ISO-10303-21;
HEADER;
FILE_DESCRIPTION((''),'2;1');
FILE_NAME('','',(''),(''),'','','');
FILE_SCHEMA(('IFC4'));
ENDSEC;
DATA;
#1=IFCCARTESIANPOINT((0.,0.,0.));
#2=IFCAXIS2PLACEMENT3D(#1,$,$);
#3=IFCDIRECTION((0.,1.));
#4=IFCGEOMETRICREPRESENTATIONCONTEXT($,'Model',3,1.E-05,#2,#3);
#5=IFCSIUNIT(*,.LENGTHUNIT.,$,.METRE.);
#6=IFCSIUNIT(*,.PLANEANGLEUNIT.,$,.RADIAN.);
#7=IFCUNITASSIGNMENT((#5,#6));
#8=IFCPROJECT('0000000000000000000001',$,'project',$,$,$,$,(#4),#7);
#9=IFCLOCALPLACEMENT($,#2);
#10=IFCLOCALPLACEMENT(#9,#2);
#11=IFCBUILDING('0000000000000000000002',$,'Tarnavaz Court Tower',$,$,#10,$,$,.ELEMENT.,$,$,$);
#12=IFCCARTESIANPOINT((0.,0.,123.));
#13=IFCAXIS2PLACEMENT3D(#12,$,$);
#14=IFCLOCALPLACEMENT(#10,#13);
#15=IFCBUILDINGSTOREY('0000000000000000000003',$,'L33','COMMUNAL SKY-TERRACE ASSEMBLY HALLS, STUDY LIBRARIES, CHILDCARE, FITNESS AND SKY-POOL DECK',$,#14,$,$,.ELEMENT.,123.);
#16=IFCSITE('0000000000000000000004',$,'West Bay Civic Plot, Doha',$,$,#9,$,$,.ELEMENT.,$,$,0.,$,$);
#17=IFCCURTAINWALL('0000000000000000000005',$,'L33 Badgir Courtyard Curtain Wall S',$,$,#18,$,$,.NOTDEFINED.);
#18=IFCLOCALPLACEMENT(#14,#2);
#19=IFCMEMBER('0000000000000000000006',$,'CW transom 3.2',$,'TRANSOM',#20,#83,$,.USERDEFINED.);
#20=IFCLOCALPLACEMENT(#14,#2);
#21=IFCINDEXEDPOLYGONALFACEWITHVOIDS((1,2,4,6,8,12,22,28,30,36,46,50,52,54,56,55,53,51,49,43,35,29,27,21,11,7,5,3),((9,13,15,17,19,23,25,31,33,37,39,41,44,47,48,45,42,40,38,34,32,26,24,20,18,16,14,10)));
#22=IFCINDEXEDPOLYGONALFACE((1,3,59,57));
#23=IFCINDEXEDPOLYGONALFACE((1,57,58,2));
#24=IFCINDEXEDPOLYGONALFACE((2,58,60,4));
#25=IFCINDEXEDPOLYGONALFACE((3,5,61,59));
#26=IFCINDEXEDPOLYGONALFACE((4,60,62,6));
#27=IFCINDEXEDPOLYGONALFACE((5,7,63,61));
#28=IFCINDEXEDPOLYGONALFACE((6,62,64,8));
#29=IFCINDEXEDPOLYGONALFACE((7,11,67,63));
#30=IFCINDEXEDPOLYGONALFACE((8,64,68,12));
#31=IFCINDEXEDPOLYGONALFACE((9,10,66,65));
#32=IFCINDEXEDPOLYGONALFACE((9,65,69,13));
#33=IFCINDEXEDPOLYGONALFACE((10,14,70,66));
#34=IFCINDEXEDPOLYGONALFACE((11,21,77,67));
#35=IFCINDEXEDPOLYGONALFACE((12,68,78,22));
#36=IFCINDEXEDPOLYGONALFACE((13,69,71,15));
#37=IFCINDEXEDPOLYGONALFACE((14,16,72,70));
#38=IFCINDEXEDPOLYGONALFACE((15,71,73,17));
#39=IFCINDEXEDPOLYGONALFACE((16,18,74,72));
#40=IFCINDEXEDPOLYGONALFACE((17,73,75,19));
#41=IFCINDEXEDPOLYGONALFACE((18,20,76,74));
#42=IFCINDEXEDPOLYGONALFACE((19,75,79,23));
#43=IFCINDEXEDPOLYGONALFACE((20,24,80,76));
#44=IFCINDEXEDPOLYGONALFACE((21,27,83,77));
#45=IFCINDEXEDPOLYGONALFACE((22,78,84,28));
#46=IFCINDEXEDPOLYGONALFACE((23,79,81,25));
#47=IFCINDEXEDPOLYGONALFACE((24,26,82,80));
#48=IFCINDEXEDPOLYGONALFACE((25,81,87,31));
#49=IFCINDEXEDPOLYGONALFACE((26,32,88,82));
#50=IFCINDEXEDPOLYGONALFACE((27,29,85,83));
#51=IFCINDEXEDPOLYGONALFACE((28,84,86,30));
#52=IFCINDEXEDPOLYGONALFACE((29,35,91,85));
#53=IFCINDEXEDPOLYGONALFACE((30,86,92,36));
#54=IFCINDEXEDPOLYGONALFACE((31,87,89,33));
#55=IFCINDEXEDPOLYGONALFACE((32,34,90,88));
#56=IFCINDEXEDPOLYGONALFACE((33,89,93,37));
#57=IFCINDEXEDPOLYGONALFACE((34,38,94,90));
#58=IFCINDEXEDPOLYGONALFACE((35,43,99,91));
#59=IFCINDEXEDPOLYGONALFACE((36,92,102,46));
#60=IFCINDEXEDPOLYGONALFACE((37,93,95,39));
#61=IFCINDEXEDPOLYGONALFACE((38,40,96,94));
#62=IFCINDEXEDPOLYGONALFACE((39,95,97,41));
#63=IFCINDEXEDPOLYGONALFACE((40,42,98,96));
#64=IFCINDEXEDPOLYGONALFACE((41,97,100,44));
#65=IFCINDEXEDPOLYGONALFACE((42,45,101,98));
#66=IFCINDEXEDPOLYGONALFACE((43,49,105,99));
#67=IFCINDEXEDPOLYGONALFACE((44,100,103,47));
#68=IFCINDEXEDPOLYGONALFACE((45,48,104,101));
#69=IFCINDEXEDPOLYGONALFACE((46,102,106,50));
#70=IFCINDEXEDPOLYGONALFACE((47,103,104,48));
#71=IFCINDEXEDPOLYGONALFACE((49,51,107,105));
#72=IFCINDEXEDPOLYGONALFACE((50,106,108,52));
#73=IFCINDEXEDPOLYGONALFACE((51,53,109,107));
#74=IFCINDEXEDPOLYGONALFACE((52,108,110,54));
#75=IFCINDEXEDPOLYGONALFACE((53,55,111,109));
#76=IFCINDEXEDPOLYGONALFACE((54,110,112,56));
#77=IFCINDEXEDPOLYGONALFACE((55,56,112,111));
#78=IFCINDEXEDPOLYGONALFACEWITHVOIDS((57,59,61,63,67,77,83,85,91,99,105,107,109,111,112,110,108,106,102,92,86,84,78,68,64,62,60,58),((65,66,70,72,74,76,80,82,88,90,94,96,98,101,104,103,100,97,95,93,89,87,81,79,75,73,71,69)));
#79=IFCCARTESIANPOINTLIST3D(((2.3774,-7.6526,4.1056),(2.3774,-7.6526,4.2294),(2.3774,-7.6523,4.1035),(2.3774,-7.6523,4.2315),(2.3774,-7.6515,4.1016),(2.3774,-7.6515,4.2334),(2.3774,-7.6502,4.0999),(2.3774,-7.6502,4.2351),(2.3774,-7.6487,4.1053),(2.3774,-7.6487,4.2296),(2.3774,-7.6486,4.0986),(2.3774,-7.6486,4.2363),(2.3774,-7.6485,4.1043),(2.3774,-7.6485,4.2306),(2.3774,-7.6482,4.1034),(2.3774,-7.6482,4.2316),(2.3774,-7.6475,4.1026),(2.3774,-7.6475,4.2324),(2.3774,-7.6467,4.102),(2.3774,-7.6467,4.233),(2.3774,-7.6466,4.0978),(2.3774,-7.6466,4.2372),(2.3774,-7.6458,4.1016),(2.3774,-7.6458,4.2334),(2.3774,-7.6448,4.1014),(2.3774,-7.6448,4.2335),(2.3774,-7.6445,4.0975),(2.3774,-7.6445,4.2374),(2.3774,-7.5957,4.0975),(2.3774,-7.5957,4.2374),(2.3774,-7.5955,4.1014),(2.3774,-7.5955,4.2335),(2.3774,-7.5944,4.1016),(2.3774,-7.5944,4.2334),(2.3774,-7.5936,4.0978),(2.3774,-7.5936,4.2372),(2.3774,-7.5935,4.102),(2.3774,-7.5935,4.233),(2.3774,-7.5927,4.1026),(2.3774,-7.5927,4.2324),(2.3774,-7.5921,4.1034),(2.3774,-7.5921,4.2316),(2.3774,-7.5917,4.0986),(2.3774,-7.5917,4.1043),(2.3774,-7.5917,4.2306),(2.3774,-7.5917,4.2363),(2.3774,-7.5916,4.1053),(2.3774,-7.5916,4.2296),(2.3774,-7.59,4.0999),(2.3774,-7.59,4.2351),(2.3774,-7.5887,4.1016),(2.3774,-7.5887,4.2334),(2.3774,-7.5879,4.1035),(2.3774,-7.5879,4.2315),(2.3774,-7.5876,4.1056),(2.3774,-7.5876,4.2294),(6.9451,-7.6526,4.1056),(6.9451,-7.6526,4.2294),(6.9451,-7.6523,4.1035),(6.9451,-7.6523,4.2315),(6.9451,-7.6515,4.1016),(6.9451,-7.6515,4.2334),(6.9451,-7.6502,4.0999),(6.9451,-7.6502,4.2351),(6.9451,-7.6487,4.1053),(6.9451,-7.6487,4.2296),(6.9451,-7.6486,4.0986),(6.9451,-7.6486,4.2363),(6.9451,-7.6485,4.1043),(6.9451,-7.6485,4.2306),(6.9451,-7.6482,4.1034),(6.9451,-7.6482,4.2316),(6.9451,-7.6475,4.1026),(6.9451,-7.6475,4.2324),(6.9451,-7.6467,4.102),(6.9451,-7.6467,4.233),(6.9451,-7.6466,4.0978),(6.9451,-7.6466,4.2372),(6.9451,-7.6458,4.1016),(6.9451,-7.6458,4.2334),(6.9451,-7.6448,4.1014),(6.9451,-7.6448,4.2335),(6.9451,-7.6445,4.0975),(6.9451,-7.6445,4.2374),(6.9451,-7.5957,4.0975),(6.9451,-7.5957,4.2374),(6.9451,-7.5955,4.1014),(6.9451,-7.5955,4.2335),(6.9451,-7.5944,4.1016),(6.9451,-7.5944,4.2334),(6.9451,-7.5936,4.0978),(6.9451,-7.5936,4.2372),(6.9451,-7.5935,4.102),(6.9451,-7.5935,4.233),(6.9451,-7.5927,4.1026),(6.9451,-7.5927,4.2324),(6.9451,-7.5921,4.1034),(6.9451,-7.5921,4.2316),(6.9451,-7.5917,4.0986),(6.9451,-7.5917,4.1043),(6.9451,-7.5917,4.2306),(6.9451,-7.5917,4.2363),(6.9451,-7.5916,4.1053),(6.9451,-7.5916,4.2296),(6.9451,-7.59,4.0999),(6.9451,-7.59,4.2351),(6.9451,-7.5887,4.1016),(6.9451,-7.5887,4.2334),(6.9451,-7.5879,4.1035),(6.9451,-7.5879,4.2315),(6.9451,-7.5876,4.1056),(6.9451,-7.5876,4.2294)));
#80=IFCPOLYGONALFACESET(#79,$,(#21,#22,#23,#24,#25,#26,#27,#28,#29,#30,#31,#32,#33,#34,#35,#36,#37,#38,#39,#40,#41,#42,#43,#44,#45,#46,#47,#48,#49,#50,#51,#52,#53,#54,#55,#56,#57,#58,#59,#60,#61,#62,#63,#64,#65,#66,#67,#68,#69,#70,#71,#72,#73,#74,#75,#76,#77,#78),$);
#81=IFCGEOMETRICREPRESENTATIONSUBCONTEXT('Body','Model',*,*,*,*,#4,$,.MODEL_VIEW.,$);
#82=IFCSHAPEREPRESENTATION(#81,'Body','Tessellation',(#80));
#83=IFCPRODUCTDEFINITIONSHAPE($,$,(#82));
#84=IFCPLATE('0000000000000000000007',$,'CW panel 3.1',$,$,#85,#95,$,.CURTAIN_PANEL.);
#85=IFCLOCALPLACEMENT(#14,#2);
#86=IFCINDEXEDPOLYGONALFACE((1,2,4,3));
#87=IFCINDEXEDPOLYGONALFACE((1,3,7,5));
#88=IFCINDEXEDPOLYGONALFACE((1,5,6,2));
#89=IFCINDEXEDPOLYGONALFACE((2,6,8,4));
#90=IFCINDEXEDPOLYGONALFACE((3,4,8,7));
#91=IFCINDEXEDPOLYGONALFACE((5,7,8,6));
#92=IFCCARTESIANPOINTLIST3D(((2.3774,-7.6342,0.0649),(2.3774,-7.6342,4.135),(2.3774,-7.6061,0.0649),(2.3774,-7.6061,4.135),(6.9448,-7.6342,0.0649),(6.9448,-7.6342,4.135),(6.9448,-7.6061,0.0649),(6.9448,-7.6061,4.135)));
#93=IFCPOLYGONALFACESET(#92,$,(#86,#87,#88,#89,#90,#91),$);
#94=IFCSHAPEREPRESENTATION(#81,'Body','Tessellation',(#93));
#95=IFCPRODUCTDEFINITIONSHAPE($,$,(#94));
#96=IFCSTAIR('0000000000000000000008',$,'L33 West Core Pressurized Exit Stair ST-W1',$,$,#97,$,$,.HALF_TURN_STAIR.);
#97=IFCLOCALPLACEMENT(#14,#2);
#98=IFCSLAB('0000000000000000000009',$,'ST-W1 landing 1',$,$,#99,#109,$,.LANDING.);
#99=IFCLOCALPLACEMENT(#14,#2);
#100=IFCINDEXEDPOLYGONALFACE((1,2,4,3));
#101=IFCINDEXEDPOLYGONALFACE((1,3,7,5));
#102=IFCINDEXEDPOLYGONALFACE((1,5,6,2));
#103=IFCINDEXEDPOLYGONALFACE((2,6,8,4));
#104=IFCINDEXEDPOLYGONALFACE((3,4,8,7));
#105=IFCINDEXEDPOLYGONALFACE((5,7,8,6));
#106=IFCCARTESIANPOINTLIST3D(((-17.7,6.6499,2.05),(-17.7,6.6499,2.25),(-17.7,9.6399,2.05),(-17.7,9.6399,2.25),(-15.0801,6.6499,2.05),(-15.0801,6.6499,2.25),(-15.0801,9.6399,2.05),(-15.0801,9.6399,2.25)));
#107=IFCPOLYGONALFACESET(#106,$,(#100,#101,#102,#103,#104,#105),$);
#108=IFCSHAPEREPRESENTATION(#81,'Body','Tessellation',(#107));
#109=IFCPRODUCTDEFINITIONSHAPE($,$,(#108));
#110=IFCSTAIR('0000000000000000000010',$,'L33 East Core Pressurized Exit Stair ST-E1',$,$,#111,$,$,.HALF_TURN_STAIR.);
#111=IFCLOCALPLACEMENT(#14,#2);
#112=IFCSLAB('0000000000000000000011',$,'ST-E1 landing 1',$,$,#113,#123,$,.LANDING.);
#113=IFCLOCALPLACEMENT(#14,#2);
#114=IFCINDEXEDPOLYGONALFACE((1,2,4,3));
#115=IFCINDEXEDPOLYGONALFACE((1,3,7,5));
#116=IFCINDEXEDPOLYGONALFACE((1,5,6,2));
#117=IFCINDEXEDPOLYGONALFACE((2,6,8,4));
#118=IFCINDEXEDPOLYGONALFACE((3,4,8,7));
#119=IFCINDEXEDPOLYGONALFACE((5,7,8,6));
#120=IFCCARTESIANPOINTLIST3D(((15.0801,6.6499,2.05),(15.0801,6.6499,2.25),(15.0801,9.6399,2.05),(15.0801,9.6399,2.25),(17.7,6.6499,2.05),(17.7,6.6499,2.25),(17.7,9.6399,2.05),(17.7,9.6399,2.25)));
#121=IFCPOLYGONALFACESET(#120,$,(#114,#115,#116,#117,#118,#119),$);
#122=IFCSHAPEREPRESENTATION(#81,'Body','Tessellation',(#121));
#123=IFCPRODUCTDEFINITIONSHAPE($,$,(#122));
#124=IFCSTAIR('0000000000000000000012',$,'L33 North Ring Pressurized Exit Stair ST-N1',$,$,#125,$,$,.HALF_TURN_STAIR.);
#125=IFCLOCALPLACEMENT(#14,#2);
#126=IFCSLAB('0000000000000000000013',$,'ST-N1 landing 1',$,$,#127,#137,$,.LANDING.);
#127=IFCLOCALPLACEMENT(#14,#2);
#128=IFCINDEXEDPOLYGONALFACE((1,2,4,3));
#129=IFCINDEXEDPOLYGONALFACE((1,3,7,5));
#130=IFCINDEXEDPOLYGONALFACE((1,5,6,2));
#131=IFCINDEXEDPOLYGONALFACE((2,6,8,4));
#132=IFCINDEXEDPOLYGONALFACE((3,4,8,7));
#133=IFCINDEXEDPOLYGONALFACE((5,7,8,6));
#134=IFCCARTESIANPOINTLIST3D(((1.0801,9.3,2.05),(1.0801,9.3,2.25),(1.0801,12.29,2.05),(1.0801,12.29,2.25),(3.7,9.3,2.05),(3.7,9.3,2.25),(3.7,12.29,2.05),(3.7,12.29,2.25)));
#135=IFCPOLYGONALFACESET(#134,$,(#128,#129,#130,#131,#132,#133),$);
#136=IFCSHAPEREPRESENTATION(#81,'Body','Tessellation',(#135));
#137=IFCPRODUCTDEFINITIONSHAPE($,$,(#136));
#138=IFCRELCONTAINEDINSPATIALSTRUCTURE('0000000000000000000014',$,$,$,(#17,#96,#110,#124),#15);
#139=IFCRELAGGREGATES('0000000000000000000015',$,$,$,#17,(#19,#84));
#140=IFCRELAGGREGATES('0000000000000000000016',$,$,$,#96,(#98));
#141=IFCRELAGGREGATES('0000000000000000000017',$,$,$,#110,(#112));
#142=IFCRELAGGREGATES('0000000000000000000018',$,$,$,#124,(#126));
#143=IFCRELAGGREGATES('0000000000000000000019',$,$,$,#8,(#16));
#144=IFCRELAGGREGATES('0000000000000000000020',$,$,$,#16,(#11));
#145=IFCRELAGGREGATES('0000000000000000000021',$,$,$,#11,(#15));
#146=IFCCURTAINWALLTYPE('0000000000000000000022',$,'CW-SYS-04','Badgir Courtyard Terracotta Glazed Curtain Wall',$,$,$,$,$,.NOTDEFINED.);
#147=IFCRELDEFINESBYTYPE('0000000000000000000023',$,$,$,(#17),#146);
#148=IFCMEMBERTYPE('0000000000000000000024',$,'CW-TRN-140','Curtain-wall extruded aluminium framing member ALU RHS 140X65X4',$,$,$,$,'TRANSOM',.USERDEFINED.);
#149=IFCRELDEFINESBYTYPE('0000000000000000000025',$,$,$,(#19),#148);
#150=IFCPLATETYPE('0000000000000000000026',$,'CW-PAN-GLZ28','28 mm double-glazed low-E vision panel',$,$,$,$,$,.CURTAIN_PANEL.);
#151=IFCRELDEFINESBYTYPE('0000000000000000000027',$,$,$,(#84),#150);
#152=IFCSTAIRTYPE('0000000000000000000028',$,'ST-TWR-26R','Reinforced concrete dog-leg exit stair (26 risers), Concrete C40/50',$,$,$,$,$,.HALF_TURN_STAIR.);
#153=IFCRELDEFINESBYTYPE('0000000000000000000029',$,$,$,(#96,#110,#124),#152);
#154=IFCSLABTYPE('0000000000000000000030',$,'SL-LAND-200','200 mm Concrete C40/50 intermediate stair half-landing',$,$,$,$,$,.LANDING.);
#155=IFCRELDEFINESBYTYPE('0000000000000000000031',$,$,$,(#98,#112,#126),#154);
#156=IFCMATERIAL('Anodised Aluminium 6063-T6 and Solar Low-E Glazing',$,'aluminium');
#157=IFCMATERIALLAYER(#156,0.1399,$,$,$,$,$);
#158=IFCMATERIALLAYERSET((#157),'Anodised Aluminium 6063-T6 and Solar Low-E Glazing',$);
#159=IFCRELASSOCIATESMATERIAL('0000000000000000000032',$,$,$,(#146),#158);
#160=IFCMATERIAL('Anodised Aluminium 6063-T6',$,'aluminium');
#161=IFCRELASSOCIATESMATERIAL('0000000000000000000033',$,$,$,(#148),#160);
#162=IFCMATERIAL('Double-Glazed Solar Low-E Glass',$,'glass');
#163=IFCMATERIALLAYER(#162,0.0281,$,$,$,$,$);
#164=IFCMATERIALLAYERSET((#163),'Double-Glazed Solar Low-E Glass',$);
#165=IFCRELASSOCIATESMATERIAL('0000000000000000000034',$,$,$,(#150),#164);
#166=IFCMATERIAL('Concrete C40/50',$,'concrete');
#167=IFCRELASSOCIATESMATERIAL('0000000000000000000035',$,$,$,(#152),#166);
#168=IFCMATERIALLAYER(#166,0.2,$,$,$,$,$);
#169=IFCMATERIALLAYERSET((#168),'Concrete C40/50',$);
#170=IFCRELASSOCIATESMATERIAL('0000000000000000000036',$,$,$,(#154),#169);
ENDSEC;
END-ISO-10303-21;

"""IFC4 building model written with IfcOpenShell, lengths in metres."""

from ifc_helpers import new_model, si_unit, direction, frame, origin, origin_2d, place, context, subcontext, project, spatial, polyline, rectangle, hollow_rectangle, outline, extrude, material, layer, layer_set, material_profile, profile_set, type_object, element, aggregate, save


model = new_model("IFC4")

# Units and contexts
model_context = context("Model", 3, precision=1e-05, world=origin(), true_north=direction((0.0, 1.0)))
body_context = subcontext(model_context, "Body", "Model", "MODEL_VIEW")
ifc_project = project(units=[si_unit("LENGTHUNIT", "METRE"), si_unit("PLANEANGLEUNIT", "RADIAN")], contexts=[model_context])

# Site, building, storey
site_placement = place(None, origin())
site = spatial("IfcSite", under=ifc_project, at=site_placement, Name="West Bay Civic Plot, Doha", CompositionType="ELEMENT", RefElevation=0.0)
building_placement = place(site_placement, origin())
building = spatial("IfcBuilding", under=site, at=building_placement, Name="Tarnavaz Court Tower", CompositionType="ELEMENT")
storey_placement = place(building_placement, frame((0.0, 0.0, 123.0)))
storey = spatial("IfcBuildingStorey", under=building, at=storey_placement, Name="L33", Description="COMMUNAL SKY-TERRACE ASSEMBLY HALLS, STUDY LIBRARIES, CHILDCARE, FITNESS AND SKY-POOL DECK", CompositionType="ELEMENT", Elevation=123.0)

# Curtain wall, member, plate
ifc_material_1 = material(Name="Anodised Aluminium 6063-T6 and Solar Low-E Glazing", Category="aluminium")
ifc_layer_1 = layer(ifc_material_1, 0.1399)
ifc_layer_set_1 = layer_set([ifc_layer_1], Name="Anodised Aluminium 6063-T6 and Solar Low-E Glazing")
curtain_wall_type = type_object("IfcCurtainWallType", Name="CW-SYS-04", Description="Badgir Courtyard Terracotta Glazed Curtain Wall", PredefinedType="NOTDEFINED", material=ifc_layer_set_1)
curtain_wall_placement = place(storey_placement, origin())
curtain_wall = element("IfcCurtainWall", 1, at=curtain_wall_placement, inside=storey, type_object=curtain_wall_type, Name="L33 Badgir Courtyard Curtain Wall S", PredefinedType="NOTDEFINED")
ifc_material_2 = material(Name="Anodised Aluminium 6063-T6", Category="aluminium")
ifc_material_profile_1 = material_profile(ifc_material_2, hollow_rectangle(XDim=0.0649, YDim=0.1399, WallThickness=0.0039, InnerFilletRadius=0.0039, OuterFilletRadius=0.0081, at=origin_2d()), Name="ALU RHS 140X65X4")
ifc_profile_set_1 = profile_set([ifc_material_profile_1], Name="Anodised Aluminium 6063-T6")
member_type_1 = type_object("IfcMemberType", Name="CW-TRN-140", Description="Curtain-wall extruded aluminium framing member ALU RHS 140X65X4", ElementType="TRANSOM", PredefinedType="USERDEFINED", material=ifc_profile_set_1)
member_1_placement = place(storey_placement, frame((2.3774, -7.6201, 4.1675), z_axis=(1.0, 0.0, 0.0), x_axis=(0.0, 1.0, 0.0)))
member_1 = element("IfcMember", 2, at=member_1_placement, type_object=member_type_1, Name="CW transom 3.2", ObjectType="TRANSOM", PredefinedType="USERDEFINED", context=body_context, shape_type="SweptSolid", body=[
    extrude(hollow_rectangle(XDim=0.0649, YDim=0.1399, WallThickness=0.0039, InnerFilletRadius=0.0039, OuterFilletRadius=0.0081, at=origin_2d()), origin(), (0.0, 0.0, 1.0), 4.5676),
])
ifc_material_3 = material(Name="Double-Glazed Solar Low-E Glass", Category="glass")
ifc_layer_2 = layer(ifc_material_3, 0.0281)
ifc_layer_set_2 = layer_set([ifc_layer_2], Name="Double-Glazed Solar Low-E Glass")
plate_type = type_object("IfcPlateType", Name="CW-PAN-GLZ28", Description="28 mm double-glazed low-E vision panel", PredefinedType="CURTAIN_PANEL", material=ifc_layer_set_2)
plate_placement = place(storey_placement, frame((4.6611, -7.6201, 0.0649), z_axis=(0.0, 0.0, 1.0), x_axis=(1.0, 0.0, 0.0)))
plate = element("IfcPlate", 3, at=plate_placement, type_object=plate_type, Name="CW panel 3.1", PredefinedType="CURTAIN_PANEL", context=body_context, shape_type="SweptSolid", body=[
    extrude(rectangle(XDim=4.5674, YDim=0.0281, at=origin_2d()), origin(), (0.0, 0.0, 1.0), 4.0701),
])
aggregate(curtain_wall, [member_1, plate])

# Stairs, slabs
ifc_material_4 = material(Name="Concrete C40/50", Category="concrete")
stair_type = type_object("IfcStairType", Name="ST-TWR-26R", Description="Reinforced concrete dog-leg exit stair (26 risers), Concrete C40/50", PredefinedType="HALF_TURN_STAIR", material=ifc_material_4)
stair_1_placement = place(storey_placement, origin())
stair_1 = element("IfcStair", 4, at=stair_1_placement, inside=storey, type_object=stair_type, Name="L33 West Core Pressurized Exit Stair ST-W1", PredefinedType="HALF_TURN_STAIR")
ifc_layer_3 = layer(ifc_material_4, 0.2)
ifc_layer_set_3 = layer_set([ifc_layer_3], Name="Concrete C40/50")
slab_type_1 = type_object("IfcSlabType", Name="SL-LAND-200", Description="200 mm Concrete C40/50 intermediate stair half-landing", PredefinedType="LANDING", material=ifc_layer_set_3)
slab_1_placement = place(storey_placement, frame((0.0, 0.0, 2.05)))
slab_1 = element("IfcSlab", 5, at=slab_1_placement, type_object=slab_type_1, Name="ST-W1 landing 1", PredefinedType="LANDING", context=body_context, shape_type="SweptSolid", body=[
    extrude(outline(polyline([(-15.0801, 9.6399), (-17.7, 9.6399), (-17.7, 6.6499), (-15.0801, 6.6499), (-15.0801, 9.6399)])), origin(), (0.0, 0.0, 1.0), 0.2),
])
aggregate(stair_1, [slab_1])
stair_2_placement = place(storey_placement, origin())
stair_2 = element("IfcStair", 6, at=stair_2_placement, inside=storey, type_object=stair_type, Name="L33 East Core Pressurized Exit Stair ST-E1", PredefinedType="HALF_TURN_STAIR")
slab_2_placement = place(storey_placement, frame((0.0, 0.0, 2.05)))
slab_2 = element("IfcSlab", 7, at=slab_2_placement, type_object=slab_type_1, Name="ST-E1 landing 1", PredefinedType="LANDING", context=body_context, shape_type="SweptSolid", body=[
    extrude(outline(polyline([(15.0801, 6.6499), (17.7, 6.6499), (17.7, 9.6399), (15.0801, 9.6399), (15.0801, 6.6499)])), origin(), (0.0, 0.0, 1.0), 0.2),
])
aggregate(stair_2, [slab_2])
stair_3_placement = place(storey_placement, origin())
stair_3 = element("IfcStair", 8, at=stair_3_placement, inside=storey, type_object=stair_type, Name="L33 North Ring Pressurized Exit Stair ST-N1", PredefinedType="HALF_TURN_STAIR")
slab_3_placement = place(storey_placement, frame((0.0, 0.0, 2.05)))
slab_3 = element("IfcSlab", 9, at=slab_3_placement, type_object=slab_type_1, Name="ST-N1 landing 1", PredefinedType="LANDING", context=body_context, shape_type="SweptSolid", body=[
    extrude(outline(polyline([(1.0801, 9.3), (3.7, 9.3), (3.7, 12.29), (1.0801, 12.29), (1.0801, 9.3)])), origin(), (0.0, 0.0, 1.0), 0.2),
])
aggregate(stair_3, [slab_3])

save(model, "model.ifc")
